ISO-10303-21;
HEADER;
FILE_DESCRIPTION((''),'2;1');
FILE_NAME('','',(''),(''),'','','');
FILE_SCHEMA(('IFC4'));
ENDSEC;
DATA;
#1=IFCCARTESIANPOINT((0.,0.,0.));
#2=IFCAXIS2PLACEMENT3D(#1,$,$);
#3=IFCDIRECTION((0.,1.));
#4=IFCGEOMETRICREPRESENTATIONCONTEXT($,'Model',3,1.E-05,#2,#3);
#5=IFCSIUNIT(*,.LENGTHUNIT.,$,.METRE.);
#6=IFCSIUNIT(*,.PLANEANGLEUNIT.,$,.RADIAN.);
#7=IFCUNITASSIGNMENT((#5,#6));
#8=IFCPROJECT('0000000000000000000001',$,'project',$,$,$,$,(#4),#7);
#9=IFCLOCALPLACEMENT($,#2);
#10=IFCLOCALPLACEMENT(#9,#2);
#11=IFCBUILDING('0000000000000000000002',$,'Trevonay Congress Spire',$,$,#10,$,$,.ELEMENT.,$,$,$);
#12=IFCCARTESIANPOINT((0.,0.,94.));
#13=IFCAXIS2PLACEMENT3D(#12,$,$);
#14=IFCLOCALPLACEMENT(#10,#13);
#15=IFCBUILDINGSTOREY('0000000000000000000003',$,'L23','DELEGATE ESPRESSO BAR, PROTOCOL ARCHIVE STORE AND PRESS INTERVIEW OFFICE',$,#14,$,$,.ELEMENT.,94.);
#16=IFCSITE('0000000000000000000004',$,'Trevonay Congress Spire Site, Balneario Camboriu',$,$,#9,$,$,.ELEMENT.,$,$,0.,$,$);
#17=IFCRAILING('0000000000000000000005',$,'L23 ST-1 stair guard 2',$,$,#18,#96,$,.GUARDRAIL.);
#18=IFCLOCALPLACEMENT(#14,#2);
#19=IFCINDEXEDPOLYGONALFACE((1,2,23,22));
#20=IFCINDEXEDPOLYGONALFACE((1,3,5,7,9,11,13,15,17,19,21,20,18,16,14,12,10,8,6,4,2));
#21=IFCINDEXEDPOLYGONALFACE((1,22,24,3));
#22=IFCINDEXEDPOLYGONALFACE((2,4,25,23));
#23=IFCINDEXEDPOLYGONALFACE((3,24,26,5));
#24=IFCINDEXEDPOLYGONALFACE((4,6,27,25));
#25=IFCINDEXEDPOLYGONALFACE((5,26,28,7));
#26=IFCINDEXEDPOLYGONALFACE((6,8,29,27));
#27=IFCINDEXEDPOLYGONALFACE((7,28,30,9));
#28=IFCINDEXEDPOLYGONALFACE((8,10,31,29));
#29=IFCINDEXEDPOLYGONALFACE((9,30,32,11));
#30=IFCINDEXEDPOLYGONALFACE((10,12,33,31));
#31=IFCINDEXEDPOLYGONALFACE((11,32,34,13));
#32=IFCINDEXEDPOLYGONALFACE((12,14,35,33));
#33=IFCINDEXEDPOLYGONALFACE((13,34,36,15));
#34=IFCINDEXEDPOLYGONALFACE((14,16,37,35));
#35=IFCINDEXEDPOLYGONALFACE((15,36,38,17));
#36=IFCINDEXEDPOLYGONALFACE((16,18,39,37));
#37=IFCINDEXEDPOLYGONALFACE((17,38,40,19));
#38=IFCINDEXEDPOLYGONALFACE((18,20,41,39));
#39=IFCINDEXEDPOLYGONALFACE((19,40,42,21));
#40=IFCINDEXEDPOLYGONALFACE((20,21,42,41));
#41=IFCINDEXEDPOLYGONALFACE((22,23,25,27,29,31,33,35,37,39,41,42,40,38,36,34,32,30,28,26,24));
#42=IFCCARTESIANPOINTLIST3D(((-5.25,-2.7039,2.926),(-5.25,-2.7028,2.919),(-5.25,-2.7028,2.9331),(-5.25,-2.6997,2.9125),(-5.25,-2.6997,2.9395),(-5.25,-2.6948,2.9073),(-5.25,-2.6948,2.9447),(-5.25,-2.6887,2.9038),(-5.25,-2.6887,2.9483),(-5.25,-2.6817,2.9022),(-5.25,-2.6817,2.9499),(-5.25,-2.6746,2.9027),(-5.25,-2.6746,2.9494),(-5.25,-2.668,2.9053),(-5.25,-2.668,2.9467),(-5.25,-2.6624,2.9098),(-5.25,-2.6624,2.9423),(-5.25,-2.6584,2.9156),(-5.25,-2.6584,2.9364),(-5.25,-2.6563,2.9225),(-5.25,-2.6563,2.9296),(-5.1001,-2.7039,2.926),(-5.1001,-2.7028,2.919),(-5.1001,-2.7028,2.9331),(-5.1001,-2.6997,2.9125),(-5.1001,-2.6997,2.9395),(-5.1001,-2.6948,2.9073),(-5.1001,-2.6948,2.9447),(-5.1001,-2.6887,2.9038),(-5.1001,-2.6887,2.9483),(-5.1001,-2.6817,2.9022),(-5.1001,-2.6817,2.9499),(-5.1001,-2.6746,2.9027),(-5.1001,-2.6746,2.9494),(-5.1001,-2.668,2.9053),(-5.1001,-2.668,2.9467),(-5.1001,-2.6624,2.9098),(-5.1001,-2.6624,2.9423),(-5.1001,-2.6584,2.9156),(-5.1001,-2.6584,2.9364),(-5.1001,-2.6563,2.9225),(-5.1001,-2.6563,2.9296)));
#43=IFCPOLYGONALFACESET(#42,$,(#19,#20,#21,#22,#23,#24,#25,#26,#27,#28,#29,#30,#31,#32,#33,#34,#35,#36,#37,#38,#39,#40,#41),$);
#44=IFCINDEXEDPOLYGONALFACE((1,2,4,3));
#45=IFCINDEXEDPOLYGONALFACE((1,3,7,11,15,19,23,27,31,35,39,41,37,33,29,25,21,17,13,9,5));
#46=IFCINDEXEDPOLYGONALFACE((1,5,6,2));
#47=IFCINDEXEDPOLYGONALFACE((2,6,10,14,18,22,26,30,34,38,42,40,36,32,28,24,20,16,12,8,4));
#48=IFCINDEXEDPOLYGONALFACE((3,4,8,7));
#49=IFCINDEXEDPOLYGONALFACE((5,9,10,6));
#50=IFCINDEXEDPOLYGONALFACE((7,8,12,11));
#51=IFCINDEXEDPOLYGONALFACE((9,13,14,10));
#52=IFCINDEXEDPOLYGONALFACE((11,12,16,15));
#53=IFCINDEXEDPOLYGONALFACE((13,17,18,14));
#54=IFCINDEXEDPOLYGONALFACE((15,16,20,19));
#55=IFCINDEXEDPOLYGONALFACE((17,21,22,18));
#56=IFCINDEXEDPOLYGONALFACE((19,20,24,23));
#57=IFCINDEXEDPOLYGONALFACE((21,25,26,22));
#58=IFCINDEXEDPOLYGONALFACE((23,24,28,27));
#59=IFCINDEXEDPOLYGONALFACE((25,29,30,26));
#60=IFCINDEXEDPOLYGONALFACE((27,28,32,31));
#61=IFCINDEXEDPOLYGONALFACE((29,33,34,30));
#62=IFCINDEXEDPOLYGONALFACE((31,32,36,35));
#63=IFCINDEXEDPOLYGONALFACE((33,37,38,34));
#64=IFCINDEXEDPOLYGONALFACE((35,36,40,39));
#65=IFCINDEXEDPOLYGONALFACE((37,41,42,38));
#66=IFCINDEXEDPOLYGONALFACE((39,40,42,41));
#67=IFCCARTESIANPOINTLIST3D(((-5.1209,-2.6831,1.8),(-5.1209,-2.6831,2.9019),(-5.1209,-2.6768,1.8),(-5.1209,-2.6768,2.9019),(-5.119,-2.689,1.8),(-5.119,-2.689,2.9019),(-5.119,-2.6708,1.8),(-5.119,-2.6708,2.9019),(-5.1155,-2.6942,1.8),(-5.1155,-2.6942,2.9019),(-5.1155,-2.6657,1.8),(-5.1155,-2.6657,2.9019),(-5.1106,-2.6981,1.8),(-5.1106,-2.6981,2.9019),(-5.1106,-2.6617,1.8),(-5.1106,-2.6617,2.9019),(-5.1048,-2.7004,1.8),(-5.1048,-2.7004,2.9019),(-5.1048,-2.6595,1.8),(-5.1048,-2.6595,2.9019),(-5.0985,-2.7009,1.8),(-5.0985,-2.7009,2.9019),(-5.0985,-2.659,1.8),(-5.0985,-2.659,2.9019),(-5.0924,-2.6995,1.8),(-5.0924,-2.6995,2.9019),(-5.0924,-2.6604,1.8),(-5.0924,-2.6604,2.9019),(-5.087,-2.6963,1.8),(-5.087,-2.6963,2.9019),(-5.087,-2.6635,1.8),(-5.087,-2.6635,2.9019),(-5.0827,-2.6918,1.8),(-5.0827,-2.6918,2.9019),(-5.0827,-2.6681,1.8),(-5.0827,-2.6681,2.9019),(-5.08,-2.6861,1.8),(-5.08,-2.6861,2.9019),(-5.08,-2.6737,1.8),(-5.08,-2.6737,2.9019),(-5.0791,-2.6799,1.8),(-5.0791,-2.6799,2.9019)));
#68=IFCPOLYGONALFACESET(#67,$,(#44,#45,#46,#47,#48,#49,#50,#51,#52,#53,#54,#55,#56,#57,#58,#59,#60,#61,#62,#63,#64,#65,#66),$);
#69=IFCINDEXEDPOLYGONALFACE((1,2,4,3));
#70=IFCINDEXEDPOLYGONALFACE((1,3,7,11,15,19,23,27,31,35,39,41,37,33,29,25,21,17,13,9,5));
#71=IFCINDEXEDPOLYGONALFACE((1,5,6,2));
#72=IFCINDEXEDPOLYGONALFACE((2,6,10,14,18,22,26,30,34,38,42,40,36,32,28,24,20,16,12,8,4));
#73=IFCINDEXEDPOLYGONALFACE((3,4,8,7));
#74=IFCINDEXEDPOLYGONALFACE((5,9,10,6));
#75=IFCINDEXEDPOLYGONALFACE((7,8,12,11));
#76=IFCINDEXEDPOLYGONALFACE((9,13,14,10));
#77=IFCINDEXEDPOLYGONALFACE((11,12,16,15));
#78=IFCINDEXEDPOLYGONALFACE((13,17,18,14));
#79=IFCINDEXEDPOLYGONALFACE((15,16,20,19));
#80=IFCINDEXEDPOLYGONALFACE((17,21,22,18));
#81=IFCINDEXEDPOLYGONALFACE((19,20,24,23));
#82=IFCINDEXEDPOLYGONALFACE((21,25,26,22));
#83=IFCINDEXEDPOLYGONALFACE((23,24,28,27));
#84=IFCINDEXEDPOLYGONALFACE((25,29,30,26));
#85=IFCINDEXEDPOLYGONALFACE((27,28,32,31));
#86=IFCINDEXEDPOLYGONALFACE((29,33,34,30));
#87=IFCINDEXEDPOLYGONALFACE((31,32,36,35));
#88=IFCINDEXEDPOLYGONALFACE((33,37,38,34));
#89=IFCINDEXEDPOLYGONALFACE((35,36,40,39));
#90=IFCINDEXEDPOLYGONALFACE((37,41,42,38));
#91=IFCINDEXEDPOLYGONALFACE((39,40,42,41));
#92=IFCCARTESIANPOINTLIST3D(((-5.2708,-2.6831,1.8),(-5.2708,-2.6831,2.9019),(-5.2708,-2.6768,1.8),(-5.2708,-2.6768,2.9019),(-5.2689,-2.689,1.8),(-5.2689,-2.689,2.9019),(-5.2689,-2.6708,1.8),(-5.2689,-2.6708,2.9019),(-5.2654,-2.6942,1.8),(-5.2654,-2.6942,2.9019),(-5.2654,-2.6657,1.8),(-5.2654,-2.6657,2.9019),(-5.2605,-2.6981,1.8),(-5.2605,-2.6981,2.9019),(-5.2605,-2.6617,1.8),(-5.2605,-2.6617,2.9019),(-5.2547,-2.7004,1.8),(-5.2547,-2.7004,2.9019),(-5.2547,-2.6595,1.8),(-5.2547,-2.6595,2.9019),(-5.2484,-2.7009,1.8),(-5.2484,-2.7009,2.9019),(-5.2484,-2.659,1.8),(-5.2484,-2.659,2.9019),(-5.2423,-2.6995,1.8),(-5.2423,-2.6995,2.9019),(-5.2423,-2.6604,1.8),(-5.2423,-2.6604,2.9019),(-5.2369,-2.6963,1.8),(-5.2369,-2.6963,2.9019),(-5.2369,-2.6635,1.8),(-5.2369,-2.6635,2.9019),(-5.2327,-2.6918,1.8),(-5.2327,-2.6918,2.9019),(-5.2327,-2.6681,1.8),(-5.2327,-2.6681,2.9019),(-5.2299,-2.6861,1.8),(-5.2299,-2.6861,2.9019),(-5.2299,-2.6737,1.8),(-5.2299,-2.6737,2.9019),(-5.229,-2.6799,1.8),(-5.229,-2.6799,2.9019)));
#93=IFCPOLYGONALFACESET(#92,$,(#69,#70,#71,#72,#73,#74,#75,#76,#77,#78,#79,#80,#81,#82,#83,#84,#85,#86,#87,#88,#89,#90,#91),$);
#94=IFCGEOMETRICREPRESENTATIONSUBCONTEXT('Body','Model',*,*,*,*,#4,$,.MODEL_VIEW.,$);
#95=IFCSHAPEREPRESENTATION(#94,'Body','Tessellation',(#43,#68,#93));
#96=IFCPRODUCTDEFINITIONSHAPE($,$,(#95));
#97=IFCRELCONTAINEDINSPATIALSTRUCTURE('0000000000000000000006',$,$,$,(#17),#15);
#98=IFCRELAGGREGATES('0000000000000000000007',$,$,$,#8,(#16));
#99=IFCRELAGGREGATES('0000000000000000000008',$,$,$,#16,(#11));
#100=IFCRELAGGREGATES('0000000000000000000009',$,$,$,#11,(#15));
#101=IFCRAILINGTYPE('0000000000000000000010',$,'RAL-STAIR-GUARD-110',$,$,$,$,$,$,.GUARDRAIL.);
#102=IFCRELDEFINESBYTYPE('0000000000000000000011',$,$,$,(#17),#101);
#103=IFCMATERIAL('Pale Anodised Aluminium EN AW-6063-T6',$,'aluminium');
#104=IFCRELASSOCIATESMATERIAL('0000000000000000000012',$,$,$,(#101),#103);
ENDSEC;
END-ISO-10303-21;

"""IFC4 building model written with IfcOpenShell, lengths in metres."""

from ifc_helpers import new_model, si_unit, direction, frame, origin, origin_2d, place, context, subcontext, project, spatial, circle, extrude, material, type_object, element, save


model = new_model("IFC4")

# Units and contexts
model_context = context("Model", 3, precision=1e-05, world=origin(), true_north=direction((0.0, 1.0)))
body_context = subcontext(model_context, "Body", "Model", "MODEL_VIEW")
ifc_project = project(units=[si_unit("LENGTHUNIT", "METRE"), si_unit("PLANEANGLEUNIT", "RADIAN")], contexts=[model_context])

# Site, building, storey
site_placement = place(None, origin())
site = spatial("IfcSite", under=ifc_project, at=site_placement, Name="Trevonay Congress Spire Site, Balneario Camboriu", CompositionType="ELEMENT", RefElevation=0.0)
building_placement = place(site_placement, origin())
building = spatial("IfcBuilding", under=site, at=building_placement, Name="Trevonay Congress Spire", CompositionType="ELEMENT")
storey_placement = place(building_placement, frame((0.0, 0.0, 94.0)))
storey = spatial("IfcBuildingStorey", under=building, at=storey_placement, Name="L23", Description="DELEGATE ESPRESSO BAR, PROTOCOL ARCHIVE STORE AND PRESS INTERVIEW OFFICE", CompositionType="ELEMENT", Elevation=94.0)

# Shared definitions
ifc_material_1 = material(Name="Pale Anodised Aluminium EN AW-6063-T6", Category="aluminium")

# Railing
railing_type_1 = type_object("IfcRailingType", Name="RAL-STAIR-GUARD-110", PredefinedType="GUARDRAIL", material=ifc_material_1)
railing_1_placement = place(storey_placement, frame((-5.1001, -2.6799, 1.8)))
element("IfcRailing", 1, at=railing_1_placement, inside=storey, type_object=railing_type_1, Name="L23 ST-1 stair guard 2", PredefinedType="GUARDRAIL", context=body_context, shape_type="SweptSolid", body=[
    extrude(circle(Radius=0.0239, at=origin_2d()), frame((0.0, 0.0, 1.126), z_axis=(-1.0, 0.0, 0.0), x_axis=(0.0, -1.0, 0.0)), (0.0, 0.0, 1.0), 0.1499),
    extrude(circle(Radius=0.021, at=origin_2d()), origin(), (0.0, 0.0, 1.0), 1.1018),
    extrude(circle(Radius=0.021, at=origin_2d()), frame((-0.1499, 0.0, 0.0)), (0.0, 0.0, 1.0), 1.1018),
])

save(model, "model.ifc")
